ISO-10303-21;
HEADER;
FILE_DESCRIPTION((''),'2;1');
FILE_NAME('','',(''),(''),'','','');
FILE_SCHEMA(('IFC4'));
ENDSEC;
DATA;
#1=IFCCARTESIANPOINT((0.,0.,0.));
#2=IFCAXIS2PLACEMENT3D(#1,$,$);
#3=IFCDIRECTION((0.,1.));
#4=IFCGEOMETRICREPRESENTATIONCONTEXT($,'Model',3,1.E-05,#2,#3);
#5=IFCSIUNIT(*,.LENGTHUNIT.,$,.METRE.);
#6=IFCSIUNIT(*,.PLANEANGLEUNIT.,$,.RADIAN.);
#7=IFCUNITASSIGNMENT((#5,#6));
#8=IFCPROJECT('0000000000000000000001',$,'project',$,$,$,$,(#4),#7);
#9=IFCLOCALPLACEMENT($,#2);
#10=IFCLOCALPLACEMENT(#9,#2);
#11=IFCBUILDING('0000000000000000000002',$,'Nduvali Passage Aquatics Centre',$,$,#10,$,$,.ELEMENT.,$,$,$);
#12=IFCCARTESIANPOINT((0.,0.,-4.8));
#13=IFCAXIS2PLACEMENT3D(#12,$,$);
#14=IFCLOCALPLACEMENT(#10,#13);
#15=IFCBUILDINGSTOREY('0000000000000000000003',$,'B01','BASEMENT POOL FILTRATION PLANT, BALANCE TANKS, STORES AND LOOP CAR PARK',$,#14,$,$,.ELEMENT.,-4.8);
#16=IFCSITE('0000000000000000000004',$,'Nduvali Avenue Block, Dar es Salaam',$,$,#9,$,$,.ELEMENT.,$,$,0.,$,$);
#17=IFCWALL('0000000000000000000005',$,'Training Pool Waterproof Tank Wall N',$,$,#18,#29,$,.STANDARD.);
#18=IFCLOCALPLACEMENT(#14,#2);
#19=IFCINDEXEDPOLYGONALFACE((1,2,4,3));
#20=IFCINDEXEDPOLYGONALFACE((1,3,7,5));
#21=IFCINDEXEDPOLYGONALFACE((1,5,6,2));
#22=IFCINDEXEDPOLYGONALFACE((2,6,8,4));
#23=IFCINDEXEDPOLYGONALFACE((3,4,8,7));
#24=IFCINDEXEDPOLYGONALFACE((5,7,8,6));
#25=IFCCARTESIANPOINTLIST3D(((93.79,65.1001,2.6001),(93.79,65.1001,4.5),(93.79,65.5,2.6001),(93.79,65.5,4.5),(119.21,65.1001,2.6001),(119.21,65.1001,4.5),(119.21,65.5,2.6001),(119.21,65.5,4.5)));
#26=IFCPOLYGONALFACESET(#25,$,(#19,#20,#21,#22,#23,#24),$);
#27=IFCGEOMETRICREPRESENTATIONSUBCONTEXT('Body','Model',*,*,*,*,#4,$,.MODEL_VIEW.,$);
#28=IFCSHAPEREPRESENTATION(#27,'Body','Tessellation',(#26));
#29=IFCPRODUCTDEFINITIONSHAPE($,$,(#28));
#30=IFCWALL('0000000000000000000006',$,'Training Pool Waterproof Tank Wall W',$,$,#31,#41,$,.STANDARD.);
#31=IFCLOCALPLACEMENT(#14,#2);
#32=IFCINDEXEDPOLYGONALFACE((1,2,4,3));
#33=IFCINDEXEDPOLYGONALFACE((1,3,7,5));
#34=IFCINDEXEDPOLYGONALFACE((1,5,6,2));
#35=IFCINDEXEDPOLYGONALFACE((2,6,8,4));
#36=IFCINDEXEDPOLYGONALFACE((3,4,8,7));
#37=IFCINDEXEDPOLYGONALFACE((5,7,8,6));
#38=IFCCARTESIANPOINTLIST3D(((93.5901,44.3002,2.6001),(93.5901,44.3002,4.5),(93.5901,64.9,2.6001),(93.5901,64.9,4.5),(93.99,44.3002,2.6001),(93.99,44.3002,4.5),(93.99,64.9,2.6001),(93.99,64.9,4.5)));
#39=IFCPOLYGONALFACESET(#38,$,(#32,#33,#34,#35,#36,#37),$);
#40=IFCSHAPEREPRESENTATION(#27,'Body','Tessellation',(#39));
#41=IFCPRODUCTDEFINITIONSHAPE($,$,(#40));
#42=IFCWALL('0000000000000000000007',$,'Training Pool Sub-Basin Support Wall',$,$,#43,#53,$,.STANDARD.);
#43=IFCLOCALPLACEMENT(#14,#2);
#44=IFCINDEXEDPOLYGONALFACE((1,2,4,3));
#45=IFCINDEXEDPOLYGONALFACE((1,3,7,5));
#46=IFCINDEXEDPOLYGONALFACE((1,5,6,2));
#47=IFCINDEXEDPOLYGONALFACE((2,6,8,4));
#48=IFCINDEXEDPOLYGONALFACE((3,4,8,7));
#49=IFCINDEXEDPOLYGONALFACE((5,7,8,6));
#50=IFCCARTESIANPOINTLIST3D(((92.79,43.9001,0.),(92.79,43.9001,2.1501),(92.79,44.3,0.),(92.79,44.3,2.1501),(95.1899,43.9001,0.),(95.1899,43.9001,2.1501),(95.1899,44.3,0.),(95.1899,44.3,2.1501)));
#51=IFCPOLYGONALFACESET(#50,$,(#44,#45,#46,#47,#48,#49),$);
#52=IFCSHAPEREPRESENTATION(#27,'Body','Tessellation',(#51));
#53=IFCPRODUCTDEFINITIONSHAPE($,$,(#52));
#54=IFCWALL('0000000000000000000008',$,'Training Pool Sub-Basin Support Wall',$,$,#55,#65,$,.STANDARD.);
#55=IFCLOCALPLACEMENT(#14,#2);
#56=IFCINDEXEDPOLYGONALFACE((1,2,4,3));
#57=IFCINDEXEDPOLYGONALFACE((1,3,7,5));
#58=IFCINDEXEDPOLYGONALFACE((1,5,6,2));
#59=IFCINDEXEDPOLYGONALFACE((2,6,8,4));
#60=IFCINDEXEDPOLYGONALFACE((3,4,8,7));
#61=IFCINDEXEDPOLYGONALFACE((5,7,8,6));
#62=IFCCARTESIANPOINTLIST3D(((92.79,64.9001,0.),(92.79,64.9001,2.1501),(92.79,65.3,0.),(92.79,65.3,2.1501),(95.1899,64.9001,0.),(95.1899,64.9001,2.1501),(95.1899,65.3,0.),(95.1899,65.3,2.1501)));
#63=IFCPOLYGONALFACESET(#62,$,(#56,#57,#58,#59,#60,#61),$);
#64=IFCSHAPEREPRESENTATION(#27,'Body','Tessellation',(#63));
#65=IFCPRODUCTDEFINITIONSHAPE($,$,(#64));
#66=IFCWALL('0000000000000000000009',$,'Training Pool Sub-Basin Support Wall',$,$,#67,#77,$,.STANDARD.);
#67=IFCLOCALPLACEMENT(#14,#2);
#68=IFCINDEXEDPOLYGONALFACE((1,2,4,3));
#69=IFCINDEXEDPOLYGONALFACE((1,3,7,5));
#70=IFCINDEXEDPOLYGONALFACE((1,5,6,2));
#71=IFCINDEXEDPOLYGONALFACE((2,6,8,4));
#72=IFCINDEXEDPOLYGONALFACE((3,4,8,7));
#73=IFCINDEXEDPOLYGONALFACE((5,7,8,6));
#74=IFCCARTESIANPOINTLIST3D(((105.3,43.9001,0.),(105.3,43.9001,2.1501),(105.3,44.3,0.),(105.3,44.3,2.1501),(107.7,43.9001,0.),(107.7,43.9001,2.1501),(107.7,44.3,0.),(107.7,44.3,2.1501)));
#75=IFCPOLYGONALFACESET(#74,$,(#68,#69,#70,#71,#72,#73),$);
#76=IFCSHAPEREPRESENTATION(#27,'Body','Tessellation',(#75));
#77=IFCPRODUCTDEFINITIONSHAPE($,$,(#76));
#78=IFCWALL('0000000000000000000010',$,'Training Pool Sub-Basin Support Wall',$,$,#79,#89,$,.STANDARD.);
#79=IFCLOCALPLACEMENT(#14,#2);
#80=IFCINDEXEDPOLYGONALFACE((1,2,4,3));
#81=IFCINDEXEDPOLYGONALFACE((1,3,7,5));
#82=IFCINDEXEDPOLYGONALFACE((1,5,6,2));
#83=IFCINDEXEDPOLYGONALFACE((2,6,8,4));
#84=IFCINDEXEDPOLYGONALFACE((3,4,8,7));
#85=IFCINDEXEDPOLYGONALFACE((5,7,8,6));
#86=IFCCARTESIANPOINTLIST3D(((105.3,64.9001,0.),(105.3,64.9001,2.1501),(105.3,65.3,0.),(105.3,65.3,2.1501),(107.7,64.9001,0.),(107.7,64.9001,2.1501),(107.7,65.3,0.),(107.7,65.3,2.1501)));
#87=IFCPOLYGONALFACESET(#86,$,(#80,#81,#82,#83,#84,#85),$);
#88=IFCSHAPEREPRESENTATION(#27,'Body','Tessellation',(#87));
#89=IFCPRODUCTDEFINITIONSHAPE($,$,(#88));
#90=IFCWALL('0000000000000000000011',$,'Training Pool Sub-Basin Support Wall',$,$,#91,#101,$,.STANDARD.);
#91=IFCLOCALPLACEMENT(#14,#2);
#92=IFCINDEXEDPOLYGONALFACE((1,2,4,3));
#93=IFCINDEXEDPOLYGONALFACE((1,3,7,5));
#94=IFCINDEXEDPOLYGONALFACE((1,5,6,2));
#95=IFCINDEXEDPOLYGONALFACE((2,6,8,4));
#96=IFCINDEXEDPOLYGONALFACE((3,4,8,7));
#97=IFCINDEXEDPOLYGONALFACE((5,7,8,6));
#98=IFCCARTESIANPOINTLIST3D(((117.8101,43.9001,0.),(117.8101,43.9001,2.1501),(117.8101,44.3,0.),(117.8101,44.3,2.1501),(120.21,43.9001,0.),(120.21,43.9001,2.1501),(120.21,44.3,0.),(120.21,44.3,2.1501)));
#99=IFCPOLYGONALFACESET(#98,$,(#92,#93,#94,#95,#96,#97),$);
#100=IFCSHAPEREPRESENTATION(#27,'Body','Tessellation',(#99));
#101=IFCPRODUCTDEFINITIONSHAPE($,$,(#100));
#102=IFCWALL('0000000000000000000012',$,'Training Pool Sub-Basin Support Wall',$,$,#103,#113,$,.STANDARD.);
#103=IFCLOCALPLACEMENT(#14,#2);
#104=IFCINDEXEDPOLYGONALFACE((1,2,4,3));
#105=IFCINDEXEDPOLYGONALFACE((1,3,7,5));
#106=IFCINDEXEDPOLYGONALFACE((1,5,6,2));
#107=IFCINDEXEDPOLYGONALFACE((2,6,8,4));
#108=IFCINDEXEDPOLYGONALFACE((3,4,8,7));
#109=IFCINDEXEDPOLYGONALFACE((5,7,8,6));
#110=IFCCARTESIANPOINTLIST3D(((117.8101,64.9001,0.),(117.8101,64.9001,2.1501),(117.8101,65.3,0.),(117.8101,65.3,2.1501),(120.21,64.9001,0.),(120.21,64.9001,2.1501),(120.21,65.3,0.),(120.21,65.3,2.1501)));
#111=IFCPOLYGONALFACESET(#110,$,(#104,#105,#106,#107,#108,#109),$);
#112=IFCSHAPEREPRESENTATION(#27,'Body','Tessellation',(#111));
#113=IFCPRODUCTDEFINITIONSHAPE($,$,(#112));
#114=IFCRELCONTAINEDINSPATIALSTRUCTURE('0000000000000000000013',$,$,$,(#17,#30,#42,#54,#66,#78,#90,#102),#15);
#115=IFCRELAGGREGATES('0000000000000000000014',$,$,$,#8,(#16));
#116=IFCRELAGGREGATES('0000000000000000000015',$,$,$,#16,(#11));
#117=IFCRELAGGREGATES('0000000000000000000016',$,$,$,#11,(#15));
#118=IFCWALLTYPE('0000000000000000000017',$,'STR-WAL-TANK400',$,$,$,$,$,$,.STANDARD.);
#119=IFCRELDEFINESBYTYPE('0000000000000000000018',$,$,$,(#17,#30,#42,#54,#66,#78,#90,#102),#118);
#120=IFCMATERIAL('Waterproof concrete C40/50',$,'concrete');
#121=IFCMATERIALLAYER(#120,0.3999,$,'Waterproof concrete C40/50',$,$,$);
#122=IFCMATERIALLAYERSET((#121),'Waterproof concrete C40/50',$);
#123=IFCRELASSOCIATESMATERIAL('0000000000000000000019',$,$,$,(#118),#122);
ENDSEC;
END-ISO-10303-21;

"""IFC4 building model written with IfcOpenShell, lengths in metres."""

from ifc_helpers import new_model, si_unit, direction, frame, frame_2d, origin, place, context, subcontext, project, spatial, rectangle, extrude, material, layer, layer_set, type_object, element, save


model = new_model("IFC4")

# Units and contexts
model_context = context("Model", 3, precision=1e-05, world=origin(), true_north=direction((0.0, 1.0)))
body_context = subcontext(model_context, "Body", "Model", "MODEL_VIEW")
ifc_project = project(units=[si_unit("LENGTHUNIT", "METRE"), si_unit("PLANEANGLEUNIT", "RADIAN")], contexts=[model_context])

# Site, building, storey
site_placement = place(None, origin())
site = spatial("IfcSite", under=ifc_project, at=site_placement, Name="Nduvali Avenue Block, Dar es Salaam", CompositionType="ELEMENT", RefElevation=0.0)
building_placement = place(site_placement, origin())
building = spatial("IfcBuilding", under=site, at=building_placement, Name="Nduvali Passage Aquatics Centre", CompositionType="ELEMENT")
storey_placement = place(building_placement, frame((0.0, 0.0, -4.8)))
storey = spatial("IfcBuildingStorey", under=building, at=storey_placement, Name="B01", Description="BASEMENT POOL FILTRATION PLANT, BALANCE TANKS, STORES AND LOOP CAR PARK", CompositionType="ELEMENT", Elevation=-4.8)

# Walls
ifc_material_1 = material(Name="Waterproof concrete C40/50", Category="concrete")
ifc_layer = layer(ifc_material_1, 0.3999, Name="Waterproof concrete C40/50")
ifc_layer_set = layer_set([ifc_layer], Name="Waterproof concrete C40/50")
wall_type = type_object("IfcWallType", Name="STR-WAL-TANK400", PredefinedType="STANDARD", material=ifc_layer_set)
wall_1_placement = place(storey_placement, frame((119.21, 65.3, 2.6001), z_axis=(0.0, 0.0, 1.0), x_axis=(-1.0, 0.0, 0.0)))
element("IfcWall", 1, at=wall_1_placement, inside=storey, type_object=wall_type, Name="Training Pool Waterproof Tank Wall N", PredefinedType="STANDARD", context=body_context, shape_type="SweptSolid", body=[
    extrude(rectangle(XDim=25.4199, YDim=0.3999, at=frame_2d((12.71, 0.0))), origin(), (0.0, 0.0, 1.0), 1.8999),
])
wall_2_placement = place(storey_placement, frame((93.79, 64.8999, 2.6001), z_axis=(0.0, 0.0, 1.0), x_axis=(0.0, -1.0, 0.0)))
element("IfcWall", 2, at=wall_2_placement, inside=storey, type_object=wall_type, Name="Training Pool Waterproof Tank Wall W", PredefinedType="STANDARD", context=body_context, shape_type="SweptSolid", body=[
    extrude(rectangle(XDim=20.5999, YDim=0.3999, at=frame_2d((10.2998, 0.0))), origin(), (0.0, 0.0, 1.0), 1.8999),
])
for number, where, z_axis, x_axis, name in (
    (3, (92.79, 44.1001, 0.0), (0.0, 0.0, 1.0), (1.0, 0.0, 0.0), "Training Pool Sub-Basin Support Wall"),
    (4, (92.79, 65.1001, 0.0), (0.0, 0.0, 1.0), (1.0, 0.0, 0.0), "Training Pool Sub-Basin Support Wall"),
    (5, (105.3, 44.1001, 0.0), (0.0, 0.0, 1.0), (1.0, 0.0, 0.0), "Training Pool Sub-Basin Support Wall"),
    (6, (105.3, 65.1001, 0.0), (0.0, 0.0, 1.0), (1.0, 0.0, 0.0), "Training Pool Sub-Basin Support Wall"),
    (7, (117.8101, 44.1001, 0.0), (0.0, 0.0, 1.0), (1.0, 0.0, 0.0), "Training Pool Sub-Basin Support Wall"),
    (8, (117.8101, 65.1001, 0.0), (0.0, 0.0, 1.0), (1.0, 0.0, 0.0), "Training Pool Sub-Basin Support Wall"),
):
    element("IfcWall", number, at=place(storey_placement, frame(where, z_axis=z_axis, x_axis=x_axis)), inside=storey, type_object=wall_type, Name=name, PredefinedType="STANDARD", context=body_context, shape_type="SweptSolid", body=[
        extrude(rectangle(XDim=2.3999, YDim=0.3999, at=frame_2d((1.2, 0.0))), origin(), (0.0, 0.0, 1.0), 2.1501),
    ])

save(model, "model.ifc")
